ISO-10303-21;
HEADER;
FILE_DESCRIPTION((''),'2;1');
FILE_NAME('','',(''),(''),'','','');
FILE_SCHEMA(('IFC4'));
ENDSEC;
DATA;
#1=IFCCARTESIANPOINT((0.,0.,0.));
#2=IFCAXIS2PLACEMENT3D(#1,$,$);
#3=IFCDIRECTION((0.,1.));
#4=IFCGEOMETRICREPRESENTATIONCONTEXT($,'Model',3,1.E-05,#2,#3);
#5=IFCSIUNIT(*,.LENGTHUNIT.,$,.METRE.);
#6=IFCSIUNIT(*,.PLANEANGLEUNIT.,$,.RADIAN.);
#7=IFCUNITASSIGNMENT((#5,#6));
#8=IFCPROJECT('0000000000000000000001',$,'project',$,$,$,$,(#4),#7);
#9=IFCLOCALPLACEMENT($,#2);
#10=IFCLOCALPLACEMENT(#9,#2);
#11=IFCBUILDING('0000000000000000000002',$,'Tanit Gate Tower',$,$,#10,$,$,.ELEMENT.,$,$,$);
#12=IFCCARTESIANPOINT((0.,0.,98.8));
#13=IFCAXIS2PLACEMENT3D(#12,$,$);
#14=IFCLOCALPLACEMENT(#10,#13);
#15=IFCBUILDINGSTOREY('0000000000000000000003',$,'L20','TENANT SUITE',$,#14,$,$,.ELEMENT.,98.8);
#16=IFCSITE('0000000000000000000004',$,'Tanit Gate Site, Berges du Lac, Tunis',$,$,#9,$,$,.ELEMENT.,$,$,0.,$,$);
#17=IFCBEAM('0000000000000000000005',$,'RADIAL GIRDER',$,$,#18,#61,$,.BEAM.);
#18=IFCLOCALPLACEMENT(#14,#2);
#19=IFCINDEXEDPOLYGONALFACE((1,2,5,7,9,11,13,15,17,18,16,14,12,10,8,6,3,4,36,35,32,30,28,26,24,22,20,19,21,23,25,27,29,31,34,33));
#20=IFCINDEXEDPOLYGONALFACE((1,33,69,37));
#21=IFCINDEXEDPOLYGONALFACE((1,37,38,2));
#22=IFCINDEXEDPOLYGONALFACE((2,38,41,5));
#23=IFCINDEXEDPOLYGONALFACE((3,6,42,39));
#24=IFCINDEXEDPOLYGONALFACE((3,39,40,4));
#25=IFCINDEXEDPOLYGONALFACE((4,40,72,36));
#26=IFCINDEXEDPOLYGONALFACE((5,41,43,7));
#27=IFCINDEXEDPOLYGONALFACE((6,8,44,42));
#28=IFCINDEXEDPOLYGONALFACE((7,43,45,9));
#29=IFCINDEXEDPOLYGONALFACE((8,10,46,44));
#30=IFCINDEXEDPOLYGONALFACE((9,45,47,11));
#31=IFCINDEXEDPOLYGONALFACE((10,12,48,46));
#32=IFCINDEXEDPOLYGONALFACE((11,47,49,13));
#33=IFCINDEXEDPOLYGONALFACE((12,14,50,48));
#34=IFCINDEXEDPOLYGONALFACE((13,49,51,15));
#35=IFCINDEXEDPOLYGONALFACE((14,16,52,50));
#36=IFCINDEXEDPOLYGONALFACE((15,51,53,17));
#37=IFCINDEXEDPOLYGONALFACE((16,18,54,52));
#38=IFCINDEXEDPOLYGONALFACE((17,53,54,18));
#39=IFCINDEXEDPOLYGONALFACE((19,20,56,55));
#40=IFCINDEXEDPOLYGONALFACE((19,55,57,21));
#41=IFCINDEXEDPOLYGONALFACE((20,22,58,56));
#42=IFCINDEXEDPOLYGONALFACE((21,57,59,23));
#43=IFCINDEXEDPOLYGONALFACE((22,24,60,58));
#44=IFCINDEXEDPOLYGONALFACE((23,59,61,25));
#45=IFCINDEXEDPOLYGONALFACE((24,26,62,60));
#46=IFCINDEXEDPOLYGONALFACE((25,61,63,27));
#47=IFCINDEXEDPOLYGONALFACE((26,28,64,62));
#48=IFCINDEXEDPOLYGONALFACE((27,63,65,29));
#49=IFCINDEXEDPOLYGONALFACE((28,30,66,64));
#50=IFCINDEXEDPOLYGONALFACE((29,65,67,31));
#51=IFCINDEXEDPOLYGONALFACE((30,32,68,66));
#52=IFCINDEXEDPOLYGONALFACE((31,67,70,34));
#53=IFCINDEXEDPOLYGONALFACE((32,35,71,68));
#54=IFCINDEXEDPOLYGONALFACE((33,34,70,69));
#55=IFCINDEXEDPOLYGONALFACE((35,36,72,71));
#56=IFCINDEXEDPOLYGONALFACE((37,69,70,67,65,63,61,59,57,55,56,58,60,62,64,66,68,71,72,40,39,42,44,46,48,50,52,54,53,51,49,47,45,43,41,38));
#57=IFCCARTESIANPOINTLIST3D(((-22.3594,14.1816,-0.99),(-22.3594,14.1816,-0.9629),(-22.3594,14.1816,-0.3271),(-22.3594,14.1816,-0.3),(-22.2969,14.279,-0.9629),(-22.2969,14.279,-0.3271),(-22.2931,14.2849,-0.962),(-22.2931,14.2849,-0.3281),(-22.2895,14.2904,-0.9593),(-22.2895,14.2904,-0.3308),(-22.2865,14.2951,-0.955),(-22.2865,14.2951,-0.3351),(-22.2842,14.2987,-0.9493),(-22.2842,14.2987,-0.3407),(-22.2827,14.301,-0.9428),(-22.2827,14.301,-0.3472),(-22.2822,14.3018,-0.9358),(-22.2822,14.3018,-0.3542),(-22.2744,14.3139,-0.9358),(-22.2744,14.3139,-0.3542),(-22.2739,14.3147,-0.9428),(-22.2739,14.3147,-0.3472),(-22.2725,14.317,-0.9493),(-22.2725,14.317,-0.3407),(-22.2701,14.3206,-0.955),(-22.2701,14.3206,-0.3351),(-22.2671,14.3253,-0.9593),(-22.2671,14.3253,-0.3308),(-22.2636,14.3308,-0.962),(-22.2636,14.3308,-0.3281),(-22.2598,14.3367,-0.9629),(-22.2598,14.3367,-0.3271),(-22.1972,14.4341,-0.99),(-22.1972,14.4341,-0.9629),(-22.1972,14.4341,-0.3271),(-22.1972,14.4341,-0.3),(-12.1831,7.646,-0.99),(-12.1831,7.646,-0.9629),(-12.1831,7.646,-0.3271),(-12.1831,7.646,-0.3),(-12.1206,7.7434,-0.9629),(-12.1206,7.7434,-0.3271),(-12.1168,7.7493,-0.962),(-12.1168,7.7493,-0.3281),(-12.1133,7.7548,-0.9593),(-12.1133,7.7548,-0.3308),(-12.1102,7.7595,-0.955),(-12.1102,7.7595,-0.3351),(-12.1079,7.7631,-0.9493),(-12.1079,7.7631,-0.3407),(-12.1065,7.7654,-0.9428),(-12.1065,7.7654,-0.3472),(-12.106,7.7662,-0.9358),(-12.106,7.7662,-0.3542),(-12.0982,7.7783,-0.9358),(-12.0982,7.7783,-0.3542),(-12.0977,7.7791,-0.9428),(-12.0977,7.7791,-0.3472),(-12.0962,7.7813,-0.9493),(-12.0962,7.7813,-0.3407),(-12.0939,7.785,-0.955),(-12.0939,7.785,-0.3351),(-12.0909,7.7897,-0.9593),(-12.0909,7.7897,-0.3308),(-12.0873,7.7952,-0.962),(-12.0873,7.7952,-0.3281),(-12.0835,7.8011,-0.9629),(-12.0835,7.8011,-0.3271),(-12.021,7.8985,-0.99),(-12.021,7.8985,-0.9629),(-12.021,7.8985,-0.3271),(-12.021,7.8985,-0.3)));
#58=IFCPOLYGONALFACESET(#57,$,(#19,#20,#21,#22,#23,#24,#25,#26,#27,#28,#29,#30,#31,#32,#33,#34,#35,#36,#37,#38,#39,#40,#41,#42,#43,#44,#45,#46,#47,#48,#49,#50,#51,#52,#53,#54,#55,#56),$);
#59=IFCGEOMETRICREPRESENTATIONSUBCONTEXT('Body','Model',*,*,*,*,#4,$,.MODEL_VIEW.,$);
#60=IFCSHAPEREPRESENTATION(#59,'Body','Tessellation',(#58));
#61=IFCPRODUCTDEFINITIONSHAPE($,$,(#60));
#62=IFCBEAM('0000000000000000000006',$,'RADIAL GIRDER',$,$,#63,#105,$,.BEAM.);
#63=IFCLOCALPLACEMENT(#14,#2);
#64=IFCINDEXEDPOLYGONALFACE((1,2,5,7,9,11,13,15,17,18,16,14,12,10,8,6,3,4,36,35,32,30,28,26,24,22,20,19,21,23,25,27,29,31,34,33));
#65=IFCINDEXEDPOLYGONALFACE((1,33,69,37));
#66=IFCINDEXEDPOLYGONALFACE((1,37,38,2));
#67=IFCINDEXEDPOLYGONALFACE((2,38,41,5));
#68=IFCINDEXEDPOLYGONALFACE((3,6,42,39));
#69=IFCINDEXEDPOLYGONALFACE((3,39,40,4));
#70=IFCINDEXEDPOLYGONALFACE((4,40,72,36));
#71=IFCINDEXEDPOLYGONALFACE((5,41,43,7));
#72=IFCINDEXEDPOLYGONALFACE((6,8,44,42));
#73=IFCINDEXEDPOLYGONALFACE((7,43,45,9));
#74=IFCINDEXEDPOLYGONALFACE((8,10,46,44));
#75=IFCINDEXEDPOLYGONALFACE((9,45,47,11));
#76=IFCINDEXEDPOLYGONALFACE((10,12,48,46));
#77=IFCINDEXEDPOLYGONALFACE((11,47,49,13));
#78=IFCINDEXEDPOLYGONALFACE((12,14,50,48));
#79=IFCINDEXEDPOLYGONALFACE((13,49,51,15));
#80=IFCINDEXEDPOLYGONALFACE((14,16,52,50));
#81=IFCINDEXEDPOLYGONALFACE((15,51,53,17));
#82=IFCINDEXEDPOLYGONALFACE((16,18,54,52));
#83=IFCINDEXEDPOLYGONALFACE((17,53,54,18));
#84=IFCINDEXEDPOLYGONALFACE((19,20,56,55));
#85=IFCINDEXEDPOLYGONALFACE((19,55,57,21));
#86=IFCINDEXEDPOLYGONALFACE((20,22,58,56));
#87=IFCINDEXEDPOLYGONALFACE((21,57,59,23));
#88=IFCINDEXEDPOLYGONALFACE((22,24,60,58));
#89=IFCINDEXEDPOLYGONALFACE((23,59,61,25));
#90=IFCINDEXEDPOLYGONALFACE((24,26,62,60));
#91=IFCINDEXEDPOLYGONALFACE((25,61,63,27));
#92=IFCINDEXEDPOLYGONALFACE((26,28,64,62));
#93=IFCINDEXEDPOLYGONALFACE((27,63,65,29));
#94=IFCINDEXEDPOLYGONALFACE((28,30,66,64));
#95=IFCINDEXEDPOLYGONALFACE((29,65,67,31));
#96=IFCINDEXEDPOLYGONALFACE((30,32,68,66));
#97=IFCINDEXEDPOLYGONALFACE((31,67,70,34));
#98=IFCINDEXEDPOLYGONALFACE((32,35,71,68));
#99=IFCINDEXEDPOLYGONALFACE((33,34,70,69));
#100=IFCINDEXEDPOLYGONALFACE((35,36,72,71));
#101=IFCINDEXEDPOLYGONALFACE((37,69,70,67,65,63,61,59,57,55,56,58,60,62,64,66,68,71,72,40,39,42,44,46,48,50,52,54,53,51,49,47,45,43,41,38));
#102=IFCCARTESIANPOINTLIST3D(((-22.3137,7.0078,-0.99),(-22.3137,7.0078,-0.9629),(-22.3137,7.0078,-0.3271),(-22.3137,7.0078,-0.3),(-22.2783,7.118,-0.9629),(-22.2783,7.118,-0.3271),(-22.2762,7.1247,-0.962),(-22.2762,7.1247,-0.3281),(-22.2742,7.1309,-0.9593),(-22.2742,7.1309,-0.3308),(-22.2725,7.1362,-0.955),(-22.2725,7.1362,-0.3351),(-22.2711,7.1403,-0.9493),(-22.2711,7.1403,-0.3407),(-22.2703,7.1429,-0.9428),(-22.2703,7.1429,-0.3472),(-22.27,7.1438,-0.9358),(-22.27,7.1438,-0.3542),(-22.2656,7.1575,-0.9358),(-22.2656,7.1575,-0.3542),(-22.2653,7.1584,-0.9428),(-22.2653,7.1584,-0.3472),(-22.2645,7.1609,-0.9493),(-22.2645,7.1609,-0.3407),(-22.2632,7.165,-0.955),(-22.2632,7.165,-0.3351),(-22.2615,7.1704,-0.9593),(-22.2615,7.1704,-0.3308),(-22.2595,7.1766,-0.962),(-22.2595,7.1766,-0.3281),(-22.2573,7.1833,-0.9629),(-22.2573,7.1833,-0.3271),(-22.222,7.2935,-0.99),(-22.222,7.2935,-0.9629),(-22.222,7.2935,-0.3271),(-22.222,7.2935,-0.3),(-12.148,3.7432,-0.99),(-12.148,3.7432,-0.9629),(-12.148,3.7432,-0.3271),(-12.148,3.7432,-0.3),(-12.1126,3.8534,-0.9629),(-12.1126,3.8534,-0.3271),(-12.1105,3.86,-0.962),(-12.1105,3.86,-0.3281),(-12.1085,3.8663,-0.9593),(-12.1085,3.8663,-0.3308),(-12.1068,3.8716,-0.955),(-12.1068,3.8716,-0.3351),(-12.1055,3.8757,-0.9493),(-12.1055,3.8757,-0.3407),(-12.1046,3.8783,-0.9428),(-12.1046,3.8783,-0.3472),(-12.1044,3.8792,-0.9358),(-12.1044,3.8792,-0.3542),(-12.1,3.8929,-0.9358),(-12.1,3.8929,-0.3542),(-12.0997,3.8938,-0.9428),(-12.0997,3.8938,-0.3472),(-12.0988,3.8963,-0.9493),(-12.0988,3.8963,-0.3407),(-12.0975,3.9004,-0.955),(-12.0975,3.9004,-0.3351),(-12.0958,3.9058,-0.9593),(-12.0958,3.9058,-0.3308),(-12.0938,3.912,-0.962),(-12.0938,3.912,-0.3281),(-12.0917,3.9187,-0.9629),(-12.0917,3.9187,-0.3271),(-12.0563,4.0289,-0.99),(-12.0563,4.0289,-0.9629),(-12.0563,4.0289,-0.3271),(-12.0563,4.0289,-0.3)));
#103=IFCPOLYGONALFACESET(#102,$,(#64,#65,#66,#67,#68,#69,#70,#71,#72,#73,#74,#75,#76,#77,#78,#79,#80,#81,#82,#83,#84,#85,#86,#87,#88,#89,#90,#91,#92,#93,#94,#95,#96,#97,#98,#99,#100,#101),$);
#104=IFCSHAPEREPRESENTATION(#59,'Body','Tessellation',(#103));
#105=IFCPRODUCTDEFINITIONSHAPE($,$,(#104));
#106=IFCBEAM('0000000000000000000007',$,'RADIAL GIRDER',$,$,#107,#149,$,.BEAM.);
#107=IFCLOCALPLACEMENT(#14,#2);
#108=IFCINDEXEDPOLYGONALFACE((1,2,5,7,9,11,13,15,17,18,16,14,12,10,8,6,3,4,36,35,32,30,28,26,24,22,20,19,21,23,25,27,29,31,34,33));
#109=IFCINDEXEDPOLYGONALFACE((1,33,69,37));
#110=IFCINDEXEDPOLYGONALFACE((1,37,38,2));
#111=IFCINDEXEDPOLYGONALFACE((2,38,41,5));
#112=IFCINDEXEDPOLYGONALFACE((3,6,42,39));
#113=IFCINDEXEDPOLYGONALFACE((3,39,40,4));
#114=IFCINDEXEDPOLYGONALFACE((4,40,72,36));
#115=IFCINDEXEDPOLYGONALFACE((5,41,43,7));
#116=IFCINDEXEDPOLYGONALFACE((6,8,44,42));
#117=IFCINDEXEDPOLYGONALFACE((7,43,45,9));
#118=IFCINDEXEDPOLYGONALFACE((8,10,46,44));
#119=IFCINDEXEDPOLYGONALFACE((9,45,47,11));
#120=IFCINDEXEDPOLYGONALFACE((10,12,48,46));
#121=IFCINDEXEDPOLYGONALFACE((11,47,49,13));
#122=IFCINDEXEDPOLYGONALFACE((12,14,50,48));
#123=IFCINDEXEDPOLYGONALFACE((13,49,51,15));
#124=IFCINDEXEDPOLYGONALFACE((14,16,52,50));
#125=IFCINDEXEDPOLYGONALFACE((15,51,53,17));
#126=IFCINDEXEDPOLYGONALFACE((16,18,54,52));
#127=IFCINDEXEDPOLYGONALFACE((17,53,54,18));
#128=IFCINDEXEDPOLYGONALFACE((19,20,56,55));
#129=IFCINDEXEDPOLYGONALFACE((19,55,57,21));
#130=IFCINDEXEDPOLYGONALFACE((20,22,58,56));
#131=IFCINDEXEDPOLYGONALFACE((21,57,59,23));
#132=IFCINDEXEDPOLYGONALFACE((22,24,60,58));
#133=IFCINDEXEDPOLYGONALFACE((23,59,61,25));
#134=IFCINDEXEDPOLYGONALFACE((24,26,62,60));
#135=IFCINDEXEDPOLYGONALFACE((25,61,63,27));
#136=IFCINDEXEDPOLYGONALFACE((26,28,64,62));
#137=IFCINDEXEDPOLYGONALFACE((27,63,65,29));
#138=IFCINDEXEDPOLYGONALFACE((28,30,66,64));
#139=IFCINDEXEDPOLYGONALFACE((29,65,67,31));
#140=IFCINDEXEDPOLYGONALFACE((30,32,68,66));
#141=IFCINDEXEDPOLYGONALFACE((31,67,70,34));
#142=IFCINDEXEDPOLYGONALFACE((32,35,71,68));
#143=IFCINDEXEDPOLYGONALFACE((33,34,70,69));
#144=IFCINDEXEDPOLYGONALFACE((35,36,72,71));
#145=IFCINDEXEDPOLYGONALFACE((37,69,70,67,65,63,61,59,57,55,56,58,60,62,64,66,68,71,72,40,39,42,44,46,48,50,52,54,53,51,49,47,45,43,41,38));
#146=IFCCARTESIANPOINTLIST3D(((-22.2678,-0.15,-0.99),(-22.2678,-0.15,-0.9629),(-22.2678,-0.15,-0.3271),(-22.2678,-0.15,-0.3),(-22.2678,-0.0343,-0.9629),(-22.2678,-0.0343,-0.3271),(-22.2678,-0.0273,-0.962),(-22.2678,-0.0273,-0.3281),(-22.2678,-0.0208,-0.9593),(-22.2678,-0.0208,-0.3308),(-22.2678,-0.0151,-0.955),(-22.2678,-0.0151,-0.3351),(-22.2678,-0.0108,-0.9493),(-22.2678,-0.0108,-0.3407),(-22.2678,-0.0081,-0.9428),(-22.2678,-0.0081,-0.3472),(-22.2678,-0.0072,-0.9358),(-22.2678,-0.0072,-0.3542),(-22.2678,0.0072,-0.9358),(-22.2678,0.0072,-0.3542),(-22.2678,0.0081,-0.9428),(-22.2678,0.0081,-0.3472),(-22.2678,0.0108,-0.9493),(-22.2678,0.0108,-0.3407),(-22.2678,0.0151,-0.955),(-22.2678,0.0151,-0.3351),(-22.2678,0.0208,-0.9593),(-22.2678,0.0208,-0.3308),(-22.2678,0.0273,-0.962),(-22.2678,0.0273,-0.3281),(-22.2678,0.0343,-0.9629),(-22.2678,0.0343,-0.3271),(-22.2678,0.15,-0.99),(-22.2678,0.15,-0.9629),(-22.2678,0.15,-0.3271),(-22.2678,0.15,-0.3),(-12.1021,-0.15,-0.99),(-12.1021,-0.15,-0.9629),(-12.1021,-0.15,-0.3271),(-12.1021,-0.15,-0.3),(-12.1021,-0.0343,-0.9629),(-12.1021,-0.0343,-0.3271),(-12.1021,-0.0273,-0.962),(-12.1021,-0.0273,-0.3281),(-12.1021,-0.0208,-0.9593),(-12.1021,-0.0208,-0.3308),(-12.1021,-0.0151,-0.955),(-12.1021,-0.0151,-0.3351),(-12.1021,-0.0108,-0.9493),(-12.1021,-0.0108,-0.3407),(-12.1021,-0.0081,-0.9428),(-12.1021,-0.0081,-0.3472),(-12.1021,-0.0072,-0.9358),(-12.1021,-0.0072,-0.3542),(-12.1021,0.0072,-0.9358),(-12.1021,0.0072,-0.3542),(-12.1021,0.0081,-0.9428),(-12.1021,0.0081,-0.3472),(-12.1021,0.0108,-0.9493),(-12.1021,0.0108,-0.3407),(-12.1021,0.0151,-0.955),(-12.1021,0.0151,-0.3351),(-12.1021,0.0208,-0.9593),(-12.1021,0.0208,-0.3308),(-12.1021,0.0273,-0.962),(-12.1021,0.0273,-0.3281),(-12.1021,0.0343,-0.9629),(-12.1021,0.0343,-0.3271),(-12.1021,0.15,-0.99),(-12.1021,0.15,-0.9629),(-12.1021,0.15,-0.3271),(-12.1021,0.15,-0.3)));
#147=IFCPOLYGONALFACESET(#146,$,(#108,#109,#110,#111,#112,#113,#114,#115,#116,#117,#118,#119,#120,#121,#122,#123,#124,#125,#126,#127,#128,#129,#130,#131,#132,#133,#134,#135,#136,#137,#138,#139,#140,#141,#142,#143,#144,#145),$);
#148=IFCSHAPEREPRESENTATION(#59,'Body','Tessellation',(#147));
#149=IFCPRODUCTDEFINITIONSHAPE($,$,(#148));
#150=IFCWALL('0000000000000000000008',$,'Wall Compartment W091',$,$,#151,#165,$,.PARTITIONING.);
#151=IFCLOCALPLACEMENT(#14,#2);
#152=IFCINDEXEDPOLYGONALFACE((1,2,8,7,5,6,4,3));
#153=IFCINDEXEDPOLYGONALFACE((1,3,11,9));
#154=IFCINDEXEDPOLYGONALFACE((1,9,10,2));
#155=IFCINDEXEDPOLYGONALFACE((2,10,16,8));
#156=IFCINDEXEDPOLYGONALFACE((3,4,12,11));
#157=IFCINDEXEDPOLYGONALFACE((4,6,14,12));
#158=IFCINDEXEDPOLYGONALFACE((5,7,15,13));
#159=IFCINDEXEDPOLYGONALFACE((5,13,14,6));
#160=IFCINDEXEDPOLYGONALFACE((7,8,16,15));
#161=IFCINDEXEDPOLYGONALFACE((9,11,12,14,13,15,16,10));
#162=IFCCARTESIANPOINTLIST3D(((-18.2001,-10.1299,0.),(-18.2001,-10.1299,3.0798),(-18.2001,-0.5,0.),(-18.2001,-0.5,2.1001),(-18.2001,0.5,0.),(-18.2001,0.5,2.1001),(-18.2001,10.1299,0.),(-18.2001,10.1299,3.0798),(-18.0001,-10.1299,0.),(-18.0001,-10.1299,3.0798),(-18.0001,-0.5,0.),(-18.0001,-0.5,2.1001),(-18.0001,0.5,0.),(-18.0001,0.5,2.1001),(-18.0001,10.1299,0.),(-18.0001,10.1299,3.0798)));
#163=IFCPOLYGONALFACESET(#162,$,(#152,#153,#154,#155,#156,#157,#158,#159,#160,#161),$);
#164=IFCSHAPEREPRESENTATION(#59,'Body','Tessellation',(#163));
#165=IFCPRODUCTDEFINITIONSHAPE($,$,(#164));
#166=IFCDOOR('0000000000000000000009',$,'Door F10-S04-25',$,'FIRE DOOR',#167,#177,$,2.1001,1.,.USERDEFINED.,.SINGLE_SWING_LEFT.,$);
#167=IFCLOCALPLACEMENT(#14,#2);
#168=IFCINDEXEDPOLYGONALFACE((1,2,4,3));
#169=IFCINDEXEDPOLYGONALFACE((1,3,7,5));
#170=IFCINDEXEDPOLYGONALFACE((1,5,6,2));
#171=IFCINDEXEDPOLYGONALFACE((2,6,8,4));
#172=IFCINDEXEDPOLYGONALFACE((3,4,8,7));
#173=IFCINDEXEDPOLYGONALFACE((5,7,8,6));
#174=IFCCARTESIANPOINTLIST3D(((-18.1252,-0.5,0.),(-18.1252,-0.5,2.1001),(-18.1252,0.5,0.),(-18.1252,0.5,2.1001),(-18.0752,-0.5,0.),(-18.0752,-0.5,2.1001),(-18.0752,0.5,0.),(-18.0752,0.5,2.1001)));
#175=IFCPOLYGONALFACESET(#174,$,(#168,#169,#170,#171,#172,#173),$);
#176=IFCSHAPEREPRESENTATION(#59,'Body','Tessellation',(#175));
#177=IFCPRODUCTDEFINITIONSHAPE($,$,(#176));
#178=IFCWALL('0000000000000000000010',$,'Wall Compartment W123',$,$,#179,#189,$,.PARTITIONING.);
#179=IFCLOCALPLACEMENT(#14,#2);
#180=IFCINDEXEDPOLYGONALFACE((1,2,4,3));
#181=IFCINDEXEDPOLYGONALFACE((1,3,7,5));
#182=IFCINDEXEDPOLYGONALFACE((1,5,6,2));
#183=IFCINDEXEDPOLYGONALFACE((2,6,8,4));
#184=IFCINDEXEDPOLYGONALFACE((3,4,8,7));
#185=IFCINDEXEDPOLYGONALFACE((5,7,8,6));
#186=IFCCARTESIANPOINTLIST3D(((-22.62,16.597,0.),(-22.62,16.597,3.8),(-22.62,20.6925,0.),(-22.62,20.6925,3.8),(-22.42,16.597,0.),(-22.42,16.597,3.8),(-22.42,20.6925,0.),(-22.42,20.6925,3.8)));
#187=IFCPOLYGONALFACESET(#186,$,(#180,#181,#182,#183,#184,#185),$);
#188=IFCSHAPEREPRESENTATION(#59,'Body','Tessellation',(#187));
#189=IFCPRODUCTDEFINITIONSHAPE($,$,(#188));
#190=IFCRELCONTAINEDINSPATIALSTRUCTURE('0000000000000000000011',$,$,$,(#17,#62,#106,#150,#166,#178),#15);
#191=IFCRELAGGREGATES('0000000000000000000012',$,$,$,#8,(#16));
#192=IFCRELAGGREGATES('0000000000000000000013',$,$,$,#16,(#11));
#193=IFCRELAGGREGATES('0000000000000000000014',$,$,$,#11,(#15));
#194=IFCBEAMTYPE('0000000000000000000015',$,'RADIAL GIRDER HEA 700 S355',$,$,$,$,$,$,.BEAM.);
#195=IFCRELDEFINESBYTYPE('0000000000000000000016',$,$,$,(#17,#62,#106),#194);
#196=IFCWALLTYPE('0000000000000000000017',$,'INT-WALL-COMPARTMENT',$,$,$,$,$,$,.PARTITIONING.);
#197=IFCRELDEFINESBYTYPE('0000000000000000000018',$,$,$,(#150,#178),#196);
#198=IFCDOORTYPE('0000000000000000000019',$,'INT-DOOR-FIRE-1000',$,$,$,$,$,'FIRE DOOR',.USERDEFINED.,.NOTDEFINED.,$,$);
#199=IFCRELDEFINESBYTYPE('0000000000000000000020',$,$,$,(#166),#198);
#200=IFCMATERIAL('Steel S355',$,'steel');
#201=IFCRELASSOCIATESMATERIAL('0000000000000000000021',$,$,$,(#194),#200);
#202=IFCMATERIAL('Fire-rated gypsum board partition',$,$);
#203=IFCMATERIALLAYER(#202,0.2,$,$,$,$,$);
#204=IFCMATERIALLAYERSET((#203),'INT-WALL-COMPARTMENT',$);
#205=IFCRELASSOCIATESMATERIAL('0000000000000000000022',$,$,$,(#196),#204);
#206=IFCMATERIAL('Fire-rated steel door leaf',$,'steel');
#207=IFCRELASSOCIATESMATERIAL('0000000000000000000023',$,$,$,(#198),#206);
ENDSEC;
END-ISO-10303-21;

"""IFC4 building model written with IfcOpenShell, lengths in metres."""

from ifc_helpers import new_model, si_unit, direction, frame, frame_2d, origin, origin_2d, place, context, subcontext, project, spatial, rectangle, i_section, extrude, material, layer, layer_set, material_profile, profile_set, type_object, element, fill, save


model = new_model("IFC4")

# Units and contexts
model_context = context("Model", 3, precision=1e-05, world=origin(), true_north=direction((0.0, 1.0)))
body_context = subcontext(model_context, "Body", "Model", "MODEL_VIEW")
ifc_project = project(units=[si_unit("LENGTHUNIT", "METRE"), si_unit("PLANEANGLEUNIT", "RADIAN")], contexts=[model_context])

# Site, building, storey
site_placement = place(None, origin())
site = spatial("IfcSite", under=ifc_project, at=site_placement, Name="Tanit Gate Site, Berges du Lac, Tunis", CompositionType="ELEMENT", RefElevation=0.0)
building_placement = place(site_placement, origin())
building = spatial("IfcBuilding", under=site, at=building_placement, Name="Tanit Gate Tower", CompositionType="ELEMENT")
storey_placement = place(building_placement, frame((0.0, 0.0, 98.8)))
storey = spatial("IfcBuildingStorey", under=building, at=storey_placement, Name="L20", Description="TENANT SUITE", CompositionType="ELEMENT", Elevation=98.8)

# Beams
ifc_material_1 = material(Name="Steel S355", Category="steel")
ifc_material_profile = material_profile(ifc_material_1, i_section(OverallWidth=0.3, OverallDepth=0.6899, WebThickness=0.0144, FlangeThickness=0.0271, FilletRadius=0.0271, at=origin_2d()), Name="HEA 700")
ifc_profile_set = profile_set([ifc_material_profile], Name="Steel S355")
beam_type = type_object("IfcBeamType", Name="RADIAL GIRDER HEA 700 S355", PredefinedType="BEAM", material=ifc_profile_set)
beam_1_placement = place(storey_placement, frame((-22.2783, 14.3079, -0.645), z_axis=(0.841413, -0.540392, 0.0), x_axis=(0.540392, 0.841413, 0.0)))
element("IfcBeam", 1, at=beam_1_placement, inside=storey, type_object=beam_type, Name="RADIAL GIRDER", PredefinedType="BEAM", context=body_context, shape_type="SweptSolid", body=[
    extrude(i_section(OverallWidth=0.3, OverallDepth=0.6899, WebThickness=0.0144, FlangeThickness=0.0271, FilletRadius=0.0271, at=origin_2d()), origin(), (0.0, 0.0, 1.0), 12.0942),
])
beam_2_placement = place(storey_placement, frame((-22.2678, 7.1506, -0.645), z_axis=(0.952108, -0.305761, 0.0), x_axis=(0.305761, 0.952108, 0.0)))
element("IfcBeam", 2, at=beam_2_placement, inside=storey, type_object=beam_type, Name="RADIAL GIRDER", PredefinedType="BEAM", context=body_context, shape_type="SweptSolid", body=[
    extrude(i_section(OverallWidth=0.3, OverallDepth=0.6899, WebThickness=0.0144, FlangeThickness=0.0271, FilletRadius=0.0271, at=origin_2d()), origin(), (0.0, 0.0, 1.0), 10.677),
])
beam_3_placement = place(storey_placement, frame((-22.2678, 0.0, -0.645), z_axis=(1.0, 0.0, 0.0), x_axis=(0.0, 1.0, 0.0)))
element("IfcBeam", 3, at=beam_3_placement, inside=storey, type_object=beam_type, Name="RADIAL GIRDER", PredefinedType="BEAM", context=body_context, shape_type="SweptSolid", body=[
    extrude(i_section(OverallWidth=0.3, OverallDepth=0.6899, WebThickness=0.0144, FlangeThickness=0.0271, FilletRadius=0.0271, at=origin_2d()), origin(), (0.0, 0.0, 1.0), 10.1658),
])

# Wall, opening, door
ifc_material_2 = material(Name="Fire-rated gypsum board partition")
ifc_layer_1 = layer(ifc_material_2, 0.2)
ifc_layer_set_1 = layer_set([ifc_layer_1], Name="INT-WALL-COMPARTMENT")
wall_type_1 = type_object("IfcWallType", Name="INT-WALL-COMPARTMENT", PredefinedType="PARTITIONING", material=ifc_layer_set_1)
wall_1_placement = place(storey_placement, frame((-18.1001, 10.1299, 0.0), z_axis=(0.0, 0.0, 1.0), x_axis=(0.0, -1.0, 0.0)))
wall_1 = element("IfcWall", 4, at=wall_1_placement, inside=storey, type_object=wall_type_1, Name="Wall Compartment W091", PredefinedType="PARTITIONING", context=body_context, shape_type="SweptSolid", body=[
    extrude(rectangle(XDim=20.2598, YDim=0.2, at=frame_2d((10.1299, 0.0))), origin(), (0.0, 0.0, 1.0), 3.0798),
])
opening_1_placement = place(wall_1_placement, frame((9.6299, 0.0, 0.0)))
opening_1 = element("IfcOpeningElement", 5, at=opening_1_placement, cuts=wall_1, PredefinedType="OPENING", context=body_context, shape_type="SweptSolid", body=[
    extrude(rectangle(XDim=1.0, YDim=2.1001, at=frame_2d((0.5, 1.05))), frame((0.0, 0.1099, 0.0), z_axis=(0.0, -1.0, 0.0), x_axis=(1.0, 0.0, 0.0)), (0.0, 0.0, 1.0), 0.22),
])
ifc_material_3 = material(Name="Fire-rated steel door leaf", Category="steel")
door_type_1 = type_object("IfcDoorType", Name="INT-DOOR-FIRE-1000", ElementType="FIRE DOOR", OperationType="NOTDEFINED", PredefinedType="USERDEFINED", material=ifc_material_3)
door_1_placement = place(opening_1_placement, origin())
door_1 = element("IfcDoor", 6, at=door_1_placement, inside=storey, type_object=door_type_1, Name="Door F10-S04-25", ObjectType="FIRE DOOR", OperationType="SINGLE_SWING_LEFT", OverallHeight=2.1001, OverallWidth=1.0, PredefinedType="USERDEFINED", context=body_context, shape_type="SweptSolid", body=[
    extrude(rectangle(XDim=1.0, YDim=2.1001, at=frame_2d((0.5, 1.05))), frame((0.0, 0.0249, 0.0), z_axis=(0.0, -1.0, 0.0), x_axis=(1.0, 0.0, 0.0)), (0.0, 0.0, 1.0), 0.05),
])
fill(opening_1, door_1)

# Wall
wall_2_placement = place(storey_placement, frame((-22.52, 16.5969, 0.0), z_axis=(0.0, 0.0, 1.0), x_axis=(0.0, 1.0, 0.0)))
element("IfcWall", 7, at=wall_2_placement, inside=storey, type_object=wall_type_1, Name="Wall Compartment W123", PredefinedType="PARTITIONING", context=body_context, shape_type="SweptSolid", body=[
    extrude(rectangle(XDim=4.0955, YDim=0.2, at=frame_2d((2.0479, 0.0))), origin(), (0.0, 0.0, 1.0), 3.8),
])

save(model, "model.ifc")
